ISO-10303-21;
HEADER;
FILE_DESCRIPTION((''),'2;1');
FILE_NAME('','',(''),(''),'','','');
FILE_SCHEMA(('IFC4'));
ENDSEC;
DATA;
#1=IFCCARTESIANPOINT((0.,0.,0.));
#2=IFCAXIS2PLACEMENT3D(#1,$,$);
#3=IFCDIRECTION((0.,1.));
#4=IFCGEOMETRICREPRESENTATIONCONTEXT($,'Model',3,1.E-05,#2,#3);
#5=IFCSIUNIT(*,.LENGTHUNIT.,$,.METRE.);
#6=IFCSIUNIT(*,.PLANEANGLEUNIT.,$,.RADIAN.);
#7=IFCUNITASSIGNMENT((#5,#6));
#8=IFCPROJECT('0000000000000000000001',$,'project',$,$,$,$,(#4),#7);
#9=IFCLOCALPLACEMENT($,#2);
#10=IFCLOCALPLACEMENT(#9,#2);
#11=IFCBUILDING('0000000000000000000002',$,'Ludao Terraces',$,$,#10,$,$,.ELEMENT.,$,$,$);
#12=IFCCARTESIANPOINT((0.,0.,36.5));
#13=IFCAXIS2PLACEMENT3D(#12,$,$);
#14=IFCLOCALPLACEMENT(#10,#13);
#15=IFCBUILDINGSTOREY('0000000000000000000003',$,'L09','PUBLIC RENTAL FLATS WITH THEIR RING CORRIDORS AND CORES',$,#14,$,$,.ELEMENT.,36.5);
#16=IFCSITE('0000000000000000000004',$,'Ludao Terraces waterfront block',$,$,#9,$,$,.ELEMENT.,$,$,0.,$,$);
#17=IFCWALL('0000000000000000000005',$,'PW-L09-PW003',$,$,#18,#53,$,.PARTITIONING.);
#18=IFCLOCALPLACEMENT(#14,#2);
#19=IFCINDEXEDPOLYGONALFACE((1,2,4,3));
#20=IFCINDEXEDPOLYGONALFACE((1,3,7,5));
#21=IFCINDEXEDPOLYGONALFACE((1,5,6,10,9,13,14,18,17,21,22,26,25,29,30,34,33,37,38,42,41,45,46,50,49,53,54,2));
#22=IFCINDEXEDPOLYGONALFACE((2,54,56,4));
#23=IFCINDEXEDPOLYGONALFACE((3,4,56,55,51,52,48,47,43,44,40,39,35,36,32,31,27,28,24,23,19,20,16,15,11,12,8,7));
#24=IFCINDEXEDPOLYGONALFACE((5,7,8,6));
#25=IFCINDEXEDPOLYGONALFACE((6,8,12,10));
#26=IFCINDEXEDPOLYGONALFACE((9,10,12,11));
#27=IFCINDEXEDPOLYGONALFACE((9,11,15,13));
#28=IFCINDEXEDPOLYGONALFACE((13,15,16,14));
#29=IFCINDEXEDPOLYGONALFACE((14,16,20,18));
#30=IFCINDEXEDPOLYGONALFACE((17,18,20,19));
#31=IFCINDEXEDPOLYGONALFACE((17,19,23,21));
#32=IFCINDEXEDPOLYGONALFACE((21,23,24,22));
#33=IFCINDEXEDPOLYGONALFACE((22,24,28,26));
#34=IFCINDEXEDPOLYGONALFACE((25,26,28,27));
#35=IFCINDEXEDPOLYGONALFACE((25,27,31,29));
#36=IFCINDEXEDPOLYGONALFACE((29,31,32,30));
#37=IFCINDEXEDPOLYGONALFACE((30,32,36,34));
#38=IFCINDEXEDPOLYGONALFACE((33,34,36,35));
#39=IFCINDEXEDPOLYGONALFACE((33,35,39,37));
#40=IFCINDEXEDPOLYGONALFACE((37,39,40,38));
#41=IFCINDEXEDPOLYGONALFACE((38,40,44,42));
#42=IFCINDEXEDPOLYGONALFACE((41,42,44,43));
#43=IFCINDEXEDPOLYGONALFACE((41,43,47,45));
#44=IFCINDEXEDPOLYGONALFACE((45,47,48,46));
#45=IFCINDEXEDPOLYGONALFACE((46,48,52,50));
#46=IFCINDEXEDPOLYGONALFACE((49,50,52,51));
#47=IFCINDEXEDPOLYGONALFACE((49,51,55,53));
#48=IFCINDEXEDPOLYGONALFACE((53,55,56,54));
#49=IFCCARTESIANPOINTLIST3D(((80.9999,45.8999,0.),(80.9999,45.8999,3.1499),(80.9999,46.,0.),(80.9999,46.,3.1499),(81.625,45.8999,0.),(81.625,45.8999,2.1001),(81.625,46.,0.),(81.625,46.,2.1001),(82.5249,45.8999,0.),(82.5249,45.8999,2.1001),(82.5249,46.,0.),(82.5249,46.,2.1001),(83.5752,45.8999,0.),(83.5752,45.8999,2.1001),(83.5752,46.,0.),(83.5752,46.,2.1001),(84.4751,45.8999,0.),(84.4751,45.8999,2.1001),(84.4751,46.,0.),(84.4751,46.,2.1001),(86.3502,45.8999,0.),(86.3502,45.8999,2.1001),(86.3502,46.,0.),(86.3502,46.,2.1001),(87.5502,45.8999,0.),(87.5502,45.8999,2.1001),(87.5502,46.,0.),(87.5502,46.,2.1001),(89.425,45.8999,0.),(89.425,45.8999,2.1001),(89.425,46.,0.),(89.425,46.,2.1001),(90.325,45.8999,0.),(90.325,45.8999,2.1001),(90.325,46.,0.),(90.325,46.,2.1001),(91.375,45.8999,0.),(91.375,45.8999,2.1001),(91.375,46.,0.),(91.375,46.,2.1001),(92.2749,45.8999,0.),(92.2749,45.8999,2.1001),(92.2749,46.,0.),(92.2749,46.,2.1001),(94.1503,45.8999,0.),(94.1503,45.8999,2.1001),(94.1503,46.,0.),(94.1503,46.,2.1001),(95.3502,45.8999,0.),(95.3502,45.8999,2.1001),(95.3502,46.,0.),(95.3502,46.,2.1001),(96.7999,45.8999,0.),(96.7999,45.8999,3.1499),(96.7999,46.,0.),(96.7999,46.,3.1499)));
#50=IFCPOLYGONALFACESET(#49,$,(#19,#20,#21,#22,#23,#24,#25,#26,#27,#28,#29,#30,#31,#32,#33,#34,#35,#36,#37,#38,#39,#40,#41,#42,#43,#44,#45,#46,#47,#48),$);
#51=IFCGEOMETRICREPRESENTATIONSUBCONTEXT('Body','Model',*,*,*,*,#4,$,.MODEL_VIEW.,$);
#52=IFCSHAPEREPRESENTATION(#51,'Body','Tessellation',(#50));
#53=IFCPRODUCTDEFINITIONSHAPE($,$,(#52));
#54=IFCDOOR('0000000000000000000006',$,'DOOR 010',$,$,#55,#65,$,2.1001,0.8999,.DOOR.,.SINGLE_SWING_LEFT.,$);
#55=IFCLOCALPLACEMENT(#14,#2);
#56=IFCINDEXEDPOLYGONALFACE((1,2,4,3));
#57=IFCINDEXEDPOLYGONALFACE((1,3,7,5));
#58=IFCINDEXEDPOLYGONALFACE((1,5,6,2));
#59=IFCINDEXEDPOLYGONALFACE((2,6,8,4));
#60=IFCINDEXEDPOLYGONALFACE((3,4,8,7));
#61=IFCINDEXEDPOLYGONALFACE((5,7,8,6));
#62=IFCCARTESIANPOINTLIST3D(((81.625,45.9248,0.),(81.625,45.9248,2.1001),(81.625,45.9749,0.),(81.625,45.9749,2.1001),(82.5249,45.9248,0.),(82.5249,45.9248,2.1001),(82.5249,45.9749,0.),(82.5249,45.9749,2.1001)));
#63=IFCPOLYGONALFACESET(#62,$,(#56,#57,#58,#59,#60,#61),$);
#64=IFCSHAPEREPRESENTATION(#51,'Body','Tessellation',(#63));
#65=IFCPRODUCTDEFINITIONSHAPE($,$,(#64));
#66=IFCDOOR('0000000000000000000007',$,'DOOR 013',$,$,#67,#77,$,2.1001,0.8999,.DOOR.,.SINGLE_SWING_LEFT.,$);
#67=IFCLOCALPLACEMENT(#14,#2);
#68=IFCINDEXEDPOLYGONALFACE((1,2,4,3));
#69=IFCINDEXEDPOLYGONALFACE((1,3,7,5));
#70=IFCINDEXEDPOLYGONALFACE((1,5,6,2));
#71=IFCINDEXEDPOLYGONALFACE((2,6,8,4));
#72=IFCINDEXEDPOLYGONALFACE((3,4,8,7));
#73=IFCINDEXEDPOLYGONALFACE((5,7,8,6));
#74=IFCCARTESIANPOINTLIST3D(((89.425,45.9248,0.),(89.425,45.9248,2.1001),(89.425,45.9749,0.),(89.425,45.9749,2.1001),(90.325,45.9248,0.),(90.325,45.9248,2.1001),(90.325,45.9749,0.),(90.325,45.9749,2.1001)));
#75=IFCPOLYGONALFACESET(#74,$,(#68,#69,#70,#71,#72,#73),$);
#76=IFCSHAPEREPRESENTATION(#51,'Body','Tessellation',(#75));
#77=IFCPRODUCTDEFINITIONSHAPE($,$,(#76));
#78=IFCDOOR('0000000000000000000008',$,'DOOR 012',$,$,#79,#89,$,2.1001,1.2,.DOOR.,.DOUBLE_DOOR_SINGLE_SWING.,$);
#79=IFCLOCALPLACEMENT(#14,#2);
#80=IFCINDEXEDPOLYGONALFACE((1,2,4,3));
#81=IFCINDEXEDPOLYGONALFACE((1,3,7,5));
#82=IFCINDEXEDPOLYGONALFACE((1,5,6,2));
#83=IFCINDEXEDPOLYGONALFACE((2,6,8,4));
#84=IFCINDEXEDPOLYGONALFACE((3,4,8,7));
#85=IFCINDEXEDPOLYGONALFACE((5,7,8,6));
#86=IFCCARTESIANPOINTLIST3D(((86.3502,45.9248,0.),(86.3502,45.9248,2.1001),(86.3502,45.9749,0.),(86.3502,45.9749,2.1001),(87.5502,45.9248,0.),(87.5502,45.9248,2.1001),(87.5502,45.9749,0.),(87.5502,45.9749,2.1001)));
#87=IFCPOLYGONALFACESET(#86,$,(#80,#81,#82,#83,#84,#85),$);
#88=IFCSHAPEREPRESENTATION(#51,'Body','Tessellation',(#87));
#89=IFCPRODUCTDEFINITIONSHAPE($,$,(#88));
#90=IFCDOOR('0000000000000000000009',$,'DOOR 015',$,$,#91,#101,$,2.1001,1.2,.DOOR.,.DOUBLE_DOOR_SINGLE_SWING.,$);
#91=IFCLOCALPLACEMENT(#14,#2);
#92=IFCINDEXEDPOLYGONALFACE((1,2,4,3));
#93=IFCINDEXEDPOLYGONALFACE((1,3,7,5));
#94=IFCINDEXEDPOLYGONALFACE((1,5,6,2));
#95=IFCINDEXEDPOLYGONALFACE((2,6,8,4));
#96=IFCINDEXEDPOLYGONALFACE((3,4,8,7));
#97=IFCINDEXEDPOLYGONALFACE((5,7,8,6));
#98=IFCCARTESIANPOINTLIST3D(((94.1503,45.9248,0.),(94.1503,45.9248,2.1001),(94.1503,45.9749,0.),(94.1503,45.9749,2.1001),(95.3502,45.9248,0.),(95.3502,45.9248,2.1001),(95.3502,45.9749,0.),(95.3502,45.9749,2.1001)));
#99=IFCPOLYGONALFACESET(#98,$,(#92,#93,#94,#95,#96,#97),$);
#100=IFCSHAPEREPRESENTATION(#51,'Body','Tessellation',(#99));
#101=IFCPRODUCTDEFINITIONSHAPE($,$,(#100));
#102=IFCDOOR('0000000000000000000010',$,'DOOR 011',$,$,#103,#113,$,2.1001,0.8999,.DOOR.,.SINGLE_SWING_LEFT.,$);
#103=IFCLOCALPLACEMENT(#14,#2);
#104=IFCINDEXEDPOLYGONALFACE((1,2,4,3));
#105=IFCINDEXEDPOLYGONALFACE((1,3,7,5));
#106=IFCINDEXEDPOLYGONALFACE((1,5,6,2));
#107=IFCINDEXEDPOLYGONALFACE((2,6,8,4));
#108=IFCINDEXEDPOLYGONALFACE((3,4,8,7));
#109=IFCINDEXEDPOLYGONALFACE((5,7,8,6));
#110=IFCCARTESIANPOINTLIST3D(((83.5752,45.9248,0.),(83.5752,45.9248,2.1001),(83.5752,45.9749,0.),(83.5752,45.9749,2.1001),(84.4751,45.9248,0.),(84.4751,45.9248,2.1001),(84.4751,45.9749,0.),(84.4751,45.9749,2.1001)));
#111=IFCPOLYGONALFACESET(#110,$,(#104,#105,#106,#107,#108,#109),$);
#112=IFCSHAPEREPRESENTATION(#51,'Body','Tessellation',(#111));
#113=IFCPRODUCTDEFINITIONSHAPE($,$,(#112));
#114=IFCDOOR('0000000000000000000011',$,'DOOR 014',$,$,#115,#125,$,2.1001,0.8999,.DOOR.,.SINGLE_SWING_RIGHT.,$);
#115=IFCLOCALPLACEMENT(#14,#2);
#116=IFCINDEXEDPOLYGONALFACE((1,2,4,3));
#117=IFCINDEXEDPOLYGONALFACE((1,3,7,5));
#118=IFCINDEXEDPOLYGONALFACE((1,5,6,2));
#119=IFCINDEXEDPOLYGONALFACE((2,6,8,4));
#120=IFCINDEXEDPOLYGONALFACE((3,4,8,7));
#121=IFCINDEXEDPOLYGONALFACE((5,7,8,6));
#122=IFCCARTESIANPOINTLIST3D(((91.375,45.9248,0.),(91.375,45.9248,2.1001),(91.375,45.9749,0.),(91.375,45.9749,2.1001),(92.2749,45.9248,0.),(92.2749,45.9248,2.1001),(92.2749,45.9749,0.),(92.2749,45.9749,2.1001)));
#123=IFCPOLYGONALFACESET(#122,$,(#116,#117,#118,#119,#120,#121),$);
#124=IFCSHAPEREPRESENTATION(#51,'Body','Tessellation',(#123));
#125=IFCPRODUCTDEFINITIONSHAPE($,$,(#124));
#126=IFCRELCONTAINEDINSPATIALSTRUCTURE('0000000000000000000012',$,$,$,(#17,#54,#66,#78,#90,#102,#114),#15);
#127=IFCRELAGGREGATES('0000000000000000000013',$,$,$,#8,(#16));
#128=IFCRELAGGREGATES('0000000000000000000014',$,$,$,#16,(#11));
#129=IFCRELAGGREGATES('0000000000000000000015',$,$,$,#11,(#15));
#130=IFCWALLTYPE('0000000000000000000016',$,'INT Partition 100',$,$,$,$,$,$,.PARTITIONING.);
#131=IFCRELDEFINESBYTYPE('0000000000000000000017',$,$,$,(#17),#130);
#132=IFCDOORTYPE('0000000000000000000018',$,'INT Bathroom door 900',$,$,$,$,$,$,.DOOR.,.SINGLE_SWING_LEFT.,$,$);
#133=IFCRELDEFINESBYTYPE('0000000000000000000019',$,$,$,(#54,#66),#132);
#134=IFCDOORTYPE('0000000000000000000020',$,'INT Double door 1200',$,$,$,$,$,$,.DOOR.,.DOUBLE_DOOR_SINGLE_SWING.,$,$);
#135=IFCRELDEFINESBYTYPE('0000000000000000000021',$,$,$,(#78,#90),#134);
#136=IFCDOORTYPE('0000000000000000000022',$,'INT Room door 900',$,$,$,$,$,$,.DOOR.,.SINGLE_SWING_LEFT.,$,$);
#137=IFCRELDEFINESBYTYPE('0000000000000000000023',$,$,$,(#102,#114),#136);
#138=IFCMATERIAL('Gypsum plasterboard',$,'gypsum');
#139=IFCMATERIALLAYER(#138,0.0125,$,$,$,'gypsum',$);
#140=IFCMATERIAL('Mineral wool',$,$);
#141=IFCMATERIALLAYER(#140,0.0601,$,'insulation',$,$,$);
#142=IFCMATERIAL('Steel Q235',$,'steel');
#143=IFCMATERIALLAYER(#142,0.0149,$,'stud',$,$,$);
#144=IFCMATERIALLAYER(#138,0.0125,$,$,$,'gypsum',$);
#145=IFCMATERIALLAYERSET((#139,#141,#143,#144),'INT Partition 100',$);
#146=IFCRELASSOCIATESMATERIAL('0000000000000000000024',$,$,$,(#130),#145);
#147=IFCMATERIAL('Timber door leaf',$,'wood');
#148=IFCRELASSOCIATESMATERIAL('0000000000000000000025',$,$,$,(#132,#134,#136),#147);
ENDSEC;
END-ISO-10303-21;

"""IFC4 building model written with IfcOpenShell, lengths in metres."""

from ifc_helpers import new_model, si_unit, direction, frame, frame_2d, origin, place, context, subcontext, project, spatial, rectangle, extrude, material, layer, layer_set, type_object, element, fill, save


model = new_model("IFC4")

# Units and contexts
model_context = context("Model", 3, precision=1e-05, world=origin(), true_north=direction((0.0, 1.0)))
body_context = subcontext(model_context, "Body", "Model", "MODEL_VIEW")
ifc_project = project(units=[si_unit("LENGTHUNIT", "METRE"), si_unit("PLANEANGLEUNIT", "RADIAN")], contexts=[model_context])

# Site, building, storey
site_placement = place(None, origin())
site = spatial("IfcSite", under=ifc_project, at=site_placement, Name="Ludao Terraces waterfront block", CompositionType="ELEMENT", RefElevation=0.0)
building_placement = place(site_placement, origin())
building = spatial("IfcBuilding", under=site, at=building_placement, Name="Ludao Terraces", CompositionType="ELEMENT")
storey_placement = place(building_placement, frame((0.0, 0.0, 36.5)))
storey = spatial("IfcBuildingStorey", under=building, at=storey_placement, Name="L09", Description="PUBLIC RENTAL FLATS WITH THEIR RING CORRIDORS AND CORES", CompositionType="ELEMENT", Elevation=36.5)

# Wall, openings, doors
ifc_material_1 = material(Name="Gypsum plasterboard", Category="gypsum")
ifc_layer_1 = layer(ifc_material_1, 0.0125, Category="gypsum")
ifc_material_2 = material(Name="Mineral wool")
ifc_layer_2 = layer(ifc_material_2, 0.0601, Name="insulation")
ifc_material_3 = material(Name="Steel Q235", Category="steel")
ifc_layer_3 = layer(ifc_material_3, 0.0149, Name="stud")
ifc_layer_4 = layer(ifc_material_1, 0.0125, Category="gypsum")
ifc_layer_set_1 = layer_set([ifc_layer_1, ifc_layer_2, ifc_layer_3, ifc_layer_4], Name="INT Partition 100")
wall_type_1 = type_object("IfcWallType", Name="INT Partition 100", PredefinedType="PARTITIONING", material=ifc_layer_set_1)
ifc_material_4 = material(Name="Timber door leaf", Category="wood")
door_type_1 = type_object("IfcDoorType", Name="INT Bathroom door 900", OperationType="SINGLE_SWING_LEFT", PredefinedType="DOOR", material=ifc_material_4)
door_type_2 = type_object("IfcDoorType", Name="INT Double door 1200", OperationType="DOUBLE_DOOR_SINGLE_SWING", PredefinedType="DOOR", material=ifc_material_4)
door_type_3 = type_object("IfcDoorType", Name="INT Room door 900", OperationType="SINGLE_SWING_LEFT", PredefinedType="DOOR", material=ifc_material_4)
wall_1_placement = place(storey_placement, frame((81.0, 45.95, 0.0), z_axis=(0.0, 0.0, 1.0), x_axis=(1.0, 0.0, 0.0)))
wall_1 = element("IfcWall", 1, at=wall_1_placement, inside=storey, type_object=wall_type_1, Name="PW-L09-PW003", PredefinedType="PARTITIONING", context=body_context, shape_type="SweptSolid", body=[
    extrude(rectangle(XDim=15.8, YDim=0.1001, at=frame_2d((7.8999, 0.0))), origin(), (0.0, 0.0, 1.0), 3.1499),
])
opening_1_placement = place(wall_1_placement, frame((0.625, 0.0, 0.0)))
opening_1 = element("IfcOpeningElement", 2, at=opening_1_placement, cuts=wall_1, PredefinedType="OPENING", context=body_context, shape_type="SweptSolid", body=[
    extrude(rectangle(XDim=0.8999, YDim=2.1001, at=frame_2d((0.45, 1.05))), frame((0.0, 0.0601, 0.0), z_axis=(0.0, -1.0, 0.0), x_axis=(1.0, 0.0, 0.0)), (0.0, 0.0, 1.0), 0.1201),
])
opening_2_placement = place(wall_1_placement, frame((2.5752, 0.0, 0.0)))
opening_2 = element("IfcOpeningElement", 3, at=opening_2_placement, cuts=wall_1, PredefinedType="OPENING", context=body_context, shape_type="SweptSolid", body=[
    extrude(rectangle(XDim=0.8999, YDim=2.1001, at=frame_2d((0.45, 1.05))), frame((0.0, 0.0601, 0.0), z_axis=(0.0, -1.0, 0.0), x_axis=(1.0, 0.0, 0.0)), (0.0, 0.0, 1.0), 0.1201),
])
opening_3_placement = place(wall_1_placement, frame((5.3501, 0.0, 0.0)))
opening_3 = element("IfcOpeningElement", 4, at=opening_3_placement, cuts=wall_1, PredefinedType="OPENING", context=body_context, shape_type="SweptSolid", body=[
    extrude(rectangle(XDim=1.2, YDim=2.1001, at=frame_2d((0.6001, 1.05))), frame((0.0, 0.0601, 0.0), z_axis=(0.0, -1.0, 0.0), x_axis=(1.0, 0.0, 0.0)), (0.0, 0.0, 1.0), 0.1201),
])
opening_4_placement = place(wall_1_placement, frame((8.425, 0.0, 0.0)))
opening_4 = element("IfcOpeningElement", 5, at=opening_4_placement, cuts=wall_1, PredefinedType="OPENING", context=body_context, shape_type="SweptSolid", body=[
    extrude(rectangle(XDim=0.8999, YDim=2.1001, at=frame_2d((0.45, 1.05))), frame((0.0, 0.0601, 0.0), z_axis=(0.0, -1.0, 0.0), x_axis=(1.0, 0.0, 0.0)), (0.0, 0.0, 1.0), 0.1201),
])
opening_5_placement = place(wall_1_placement, frame((10.375, 0.0, 0.0)))
opening_5 = element("IfcOpeningElement", 6, at=opening_5_placement, cuts=wall_1, PredefinedType="OPENING", context=body_context, shape_type="SweptSolid", body=[
    extrude(rectangle(XDim=0.8999, YDim=2.1001, at=frame_2d((0.45, 1.05))), frame((0.0, 0.0601, 0.0), z_axis=(0.0, -1.0, 0.0), x_axis=(1.0, 0.0, 0.0)), (0.0, 0.0, 1.0), 0.1201),
])
opening_6_placement = place(wall_1_placement, frame((13.1501, 0.0, 0.0)))
opening_6 = element("IfcOpeningElement", 7, at=opening_6_placement, cuts=wall_1, PredefinedType="OPENING", context=body_context, shape_type="SweptSolid", body=[
    extrude(rectangle(XDim=1.2, YDim=2.1001, at=frame_2d((0.6001, 1.05))), frame((0.0, 0.0601, 0.0), z_axis=(0.0, -1.0, 0.0), x_axis=(1.0, 0.0, 0.0)), (0.0, 0.0, 1.0), 0.1201),
])
door_1_placement = place(opening_1_placement, origin())
door_1 = element("IfcDoor", 8, at=door_1_placement, inside=storey, type_object=door_type_1, Name="DOOR 010", OperationType="SINGLE_SWING_LEFT", OverallHeight=2.1001, OverallWidth=0.8999, PredefinedType="DOOR", context=body_context, shape_type="SweptSolid", body=[
    extrude(rectangle(XDim=0.8999, YDim=2.1001, at=frame_2d((0.45, 1.05))), frame((0.0, 0.0249, 0.0), z_axis=(0.0, -1.0, 0.0), x_axis=(1.0, 0.0, 0.0)), (0.0, 0.0, 1.0), 0.05),
])
fill(opening_1, door_1)
door_2_placement = place(opening_4_placement, origin())
door_2 = element("IfcDoor", 9, at=door_2_placement, inside=storey, type_object=door_type_1, Name="DOOR 013", OperationType="SINGLE_SWING_LEFT", OverallHeight=2.1001, OverallWidth=0.8999, PredefinedType="DOOR", context=body_context, shape_type="SweptSolid", body=[
    extrude(rectangle(XDim=0.8999, YDim=2.1001, at=frame_2d((0.45, 1.05))), frame((0.0, 0.0249, 0.0), z_axis=(0.0, -1.0, 0.0), x_axis=(1.0, 0.0, 0.0)), (0.0, 0.0, 1.0), 0.05),
])
fill(opening_4, door_2)
door_3_placement = place(opening_3_placement, origin())
door_3 = element("IfcDoor", 10, at=door_3_placement, inside=storey, type_object=door_type_2, Name="DOOR 012", OperationType="DOUBLE_DOOR_SINGLE_SWING", OverallHeight=2.1001, OverallWidth=1.2, PredefinedType="DOOR", context=body_context, shape_type="SweptSolid", body=[
    extrude(rectangle(XDim=1.2, YDim=2.1001, at=frame_2d((0.6001, 1.05))), frame((0.0, 0.0249, 0.0), z_axis=(0.0, -1.0, 0.0), x_axis=(1.0, 0.0, 0.0)), (0.0, 0.0, 1.0), 0.05),
])
fill(opening_3, door_3)
door_4_placement = place(opening_6_placement, origin())
door_4 = element("IfcDoor", 11, at=door_4_placement, inside=storey, type_object=door_type_2, Name="DOOR 015", OperationType="DOUBLE_DOOR_SINGLE_SWING", OverallHeight=2.1001, OverallWidth=1.2, PredefinedType="DOOR", context=body_context, shape_type="SweptSolid", body=[
    extrude(rectangle(XDim=1.2, YDim=2.1001, at=frame_2d((0.6001, 1.05))), frame((0.0, 0.0249, 0.0), z_axis=(0.0, -1.0, 0.0), x_axis=(1.0, 0.0, 0.0)), (0.0, 0.0, 1.0), 0.05),
])
fill(opening_6, door_4)
door_5_placement = place(opening_2_placement, origin())
door_5 = element("IfcDoor", 12, at=door_5_placement, inside=storey, type_object=door_type_3, Name="DOOR 011", OperationType="SINGLE_SWING_LEFT", OverallHeight=2.1001, OverallWidth=0.8999, PredefinedType="DOOR", context=body_context, shape_type="SweptSolid", body=[
    extrude(rectangle(XDim=0.8999, YDim=2.1001, at=frame_2d((0.45, 1.05))), frame((0.0, 0.0249, 0.0), z_axis=(0.0, -1.0, 0.0), x_axis=(1.0, 0.0, 0.0)), (0.0, 0.0, 1.0), 0.05),
])
fill(opening_2, door_5)
door_6_placement = place(opening_5_placement, origin())
door_6 = element("IfcDoor", 13, at=door_6_placement, inside=storey, type_object=door_type_3, Name="DOOR 014", OperationType="SINGLE_SWING_RIGHT", OverallHeight=2.1001, OverallWidth=0.8999, PredefinedType="DOOR", context=body_context, shape_type="SweptSolid", body=[
    extrude(rectangle(XDim=0.8999, YDim=2.1001, at=frame_2d((0.45, 1.05))), frame((0.0, 0.0249, 0.0), z_axis=(0.0, -1.0, 0.0), x_axis=(1.0, 0.0, 0.0)), (0.0, 0.0, 1.0), 0.05),
])
fill(opening_5, door_6)

save(model, "model.ifc")
